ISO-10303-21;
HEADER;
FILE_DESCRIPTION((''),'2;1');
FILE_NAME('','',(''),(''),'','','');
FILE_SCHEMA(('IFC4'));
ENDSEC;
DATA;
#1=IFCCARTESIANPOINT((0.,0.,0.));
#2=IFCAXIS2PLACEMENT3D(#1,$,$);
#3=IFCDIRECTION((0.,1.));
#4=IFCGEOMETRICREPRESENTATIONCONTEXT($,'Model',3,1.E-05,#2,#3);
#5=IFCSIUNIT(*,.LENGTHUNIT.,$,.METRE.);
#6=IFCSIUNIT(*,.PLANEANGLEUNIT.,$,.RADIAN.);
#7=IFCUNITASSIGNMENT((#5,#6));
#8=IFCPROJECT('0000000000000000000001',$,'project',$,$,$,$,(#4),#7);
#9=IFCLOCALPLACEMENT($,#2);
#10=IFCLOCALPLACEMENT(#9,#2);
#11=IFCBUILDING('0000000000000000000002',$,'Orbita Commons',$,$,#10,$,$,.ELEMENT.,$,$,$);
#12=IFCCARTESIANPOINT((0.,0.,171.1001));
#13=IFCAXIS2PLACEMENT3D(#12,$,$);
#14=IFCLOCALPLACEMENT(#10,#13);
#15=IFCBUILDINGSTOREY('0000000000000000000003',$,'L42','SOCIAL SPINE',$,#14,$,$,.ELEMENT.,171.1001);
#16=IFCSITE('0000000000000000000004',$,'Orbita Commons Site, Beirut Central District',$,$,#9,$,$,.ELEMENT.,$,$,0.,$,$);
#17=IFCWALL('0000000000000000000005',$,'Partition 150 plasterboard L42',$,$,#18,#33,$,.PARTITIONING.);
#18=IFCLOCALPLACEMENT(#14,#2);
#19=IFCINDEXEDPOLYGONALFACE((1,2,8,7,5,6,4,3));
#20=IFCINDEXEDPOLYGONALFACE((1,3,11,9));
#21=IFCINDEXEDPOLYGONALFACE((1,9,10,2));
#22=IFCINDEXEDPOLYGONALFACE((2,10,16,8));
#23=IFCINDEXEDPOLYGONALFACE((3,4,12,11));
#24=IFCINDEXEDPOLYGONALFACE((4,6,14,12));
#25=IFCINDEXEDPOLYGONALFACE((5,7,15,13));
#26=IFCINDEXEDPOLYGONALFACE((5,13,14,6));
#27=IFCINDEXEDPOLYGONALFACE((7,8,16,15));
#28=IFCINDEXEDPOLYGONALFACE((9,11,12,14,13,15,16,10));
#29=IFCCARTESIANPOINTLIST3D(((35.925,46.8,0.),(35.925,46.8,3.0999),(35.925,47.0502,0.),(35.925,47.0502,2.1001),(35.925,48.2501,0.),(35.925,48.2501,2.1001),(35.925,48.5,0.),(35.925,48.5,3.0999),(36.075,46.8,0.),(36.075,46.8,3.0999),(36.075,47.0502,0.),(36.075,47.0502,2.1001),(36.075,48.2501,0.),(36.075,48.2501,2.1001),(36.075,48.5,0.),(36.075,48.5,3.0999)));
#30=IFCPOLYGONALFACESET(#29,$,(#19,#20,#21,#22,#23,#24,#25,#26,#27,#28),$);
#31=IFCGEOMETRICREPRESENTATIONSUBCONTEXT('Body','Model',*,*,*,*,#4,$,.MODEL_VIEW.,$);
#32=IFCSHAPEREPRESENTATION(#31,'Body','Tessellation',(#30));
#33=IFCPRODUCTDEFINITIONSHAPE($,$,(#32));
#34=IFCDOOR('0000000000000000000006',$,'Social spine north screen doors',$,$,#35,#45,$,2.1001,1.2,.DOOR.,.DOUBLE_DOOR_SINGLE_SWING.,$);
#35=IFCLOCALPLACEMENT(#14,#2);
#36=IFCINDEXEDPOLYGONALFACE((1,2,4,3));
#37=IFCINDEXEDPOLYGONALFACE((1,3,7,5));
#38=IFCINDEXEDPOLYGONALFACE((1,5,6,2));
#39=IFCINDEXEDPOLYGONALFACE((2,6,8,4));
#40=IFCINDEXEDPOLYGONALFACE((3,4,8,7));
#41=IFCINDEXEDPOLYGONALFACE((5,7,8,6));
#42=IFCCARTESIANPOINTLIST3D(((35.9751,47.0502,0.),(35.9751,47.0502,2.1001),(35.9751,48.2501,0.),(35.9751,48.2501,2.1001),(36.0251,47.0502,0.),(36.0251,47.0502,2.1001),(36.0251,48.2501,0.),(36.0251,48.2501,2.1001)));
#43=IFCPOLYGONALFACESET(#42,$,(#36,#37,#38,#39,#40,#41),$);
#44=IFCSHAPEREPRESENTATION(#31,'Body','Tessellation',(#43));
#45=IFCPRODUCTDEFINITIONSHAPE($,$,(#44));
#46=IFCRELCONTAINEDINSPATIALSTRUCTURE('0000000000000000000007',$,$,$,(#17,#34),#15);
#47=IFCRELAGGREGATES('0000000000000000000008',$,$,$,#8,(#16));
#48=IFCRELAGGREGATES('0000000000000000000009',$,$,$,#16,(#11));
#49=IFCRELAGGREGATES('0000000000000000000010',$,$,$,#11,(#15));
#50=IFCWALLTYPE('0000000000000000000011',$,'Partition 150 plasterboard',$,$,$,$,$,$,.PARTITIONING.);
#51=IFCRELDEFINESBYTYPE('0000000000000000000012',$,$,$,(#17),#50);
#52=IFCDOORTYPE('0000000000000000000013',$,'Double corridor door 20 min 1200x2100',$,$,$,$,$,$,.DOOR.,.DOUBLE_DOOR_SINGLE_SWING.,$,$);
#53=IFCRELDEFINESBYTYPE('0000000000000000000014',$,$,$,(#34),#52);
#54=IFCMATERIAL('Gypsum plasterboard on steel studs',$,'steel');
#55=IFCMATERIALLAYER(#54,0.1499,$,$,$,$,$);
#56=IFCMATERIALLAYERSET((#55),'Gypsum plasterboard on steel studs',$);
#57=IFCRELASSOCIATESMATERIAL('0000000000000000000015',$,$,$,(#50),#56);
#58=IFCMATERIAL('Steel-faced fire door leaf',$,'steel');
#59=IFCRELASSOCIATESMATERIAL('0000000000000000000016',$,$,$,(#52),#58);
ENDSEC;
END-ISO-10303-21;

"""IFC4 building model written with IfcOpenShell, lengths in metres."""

from ifc_helpers import new_model, si_unit, direction, frame, frame_2d, origin, place, context, subcontext, project, spatial, polyline, rectangle, outline, extrude, material, layer, layer_set, type_object, element, fill, save


model = new_model("IFC4")

# Units and contexts
model_context = context("Model", 3, precision=1e-05, world=origin(), true_north=direction((0.0, 1.0)))
body_context = subcontext(model_context, "Body", "Model", "MODEL_VIEW")
ifc_project = project(units=[si_unit("LENGTHUNIT", "METRE"), si_unit("PLANEANGLEUNIT", "RADIAN")], contexts=[model_context])

# Site, building, storey
site_placement = place(None, origin())
site = spatial("IfcSite", under=ifc_project, at=site_placement, Name="Orbita Commons Site, Beirut Central District", CompositionType="ELEMENT", RefElevation=0.0)
building_placement = place(site_placement, origin())
building = spatial("IfcBuilding", under=site, at=building_placement, Name="Orbita Commons", CompositionType="ELEMENT")
storey_placement = place(building_placement, frame((0.0, 0.0, 171.1001)))
storey = spatial("IfcBuildingStorey", under=building, at=storey_placement, Name="L42", Description="SOCIAL SPINE", CompositionType="ELEMENT", Elevation=171.1001)

# Wall, opening, door
ifc_material_1 = material(Name="Gypsum plasterboard on steel studs", Category="steel")
ifc_layer_1 = layer(ifc_material_1, 0.1499)
ifc_layer_set_1 = layer_set([ifc_layer_1], Name="Gypsum plasterboard on steel studs")
wall_type_1 = type_object("IfcWallType", Name="Partition 150 plasterboard", PredefinedType="PARTITIONING", material=ifc_layer_set_1)
wall_1_placement = place(storey_placement, frame((36.0, 46.8, 0.0), z_axis=(0.0, 0.0, 1.0), x_axis=(0.0, 1.0, 0.0)))
wall_1 = element("IfcWall", 1, at=wall_1_placement, inside=storey, type_object=wall_type_1, Name="Partition 150 plasterboard L42", PredefinedType="PARTITIONING", context=body_context, shape_type="SweptSolid", body=[
    extrude(outline(polyline([(0.0, 0.0), (1.7, 0.0), (1.7, 3.0999), (0.0, 3.0999), (0.0, 0.0)])), frame((0.0, 0.075, 0.0), z_axis=(0.0, -1.0, 0.0), x_axis=(1.0, 0.0, 0.0)), (0.0, 0.0, 1.0), 0.1499),
])
opening_1_placement = place(wall_1_placement, frame((0.25, 0.0, 0.0)))
opening_1 = element("IfcOpeningElement", 2, at=opening_1_placement, cuts=wall_1, PredefinedType="OPENING", context=body_context, shape_type="SweptSolid", body=[
    extrude(rectangle(XDim=1.2, YDim=2.1001, at=frame_2d((0.6001, 1.05))), frame((0.0, 0.085, 0.0), z_axis=(0.0, -1.0, 0.0), x_axis=(1.0, 0.0, 0.0)), (0.0, 0.0, 1.0), 0.1699),
])
ifc_material_2 = material(Name="Steel-faced fire door leaf", Category="steel")
door_type_1 = type_object("IfcDoorType", Name="Double corridor door 20 min 1200x2100", OperationType="DOUBLE_DOOR_SINGLE_SWING", PredefinedType="DOOR", material=ifc_material_2)
door_1_placement = place(opening_1_placement, origin())
door_1 = element("IfcDoor", 3, at=door_1_placement, inside=storey, type_object=door_type_1, Name="Social spine north screen doors", OperationType="DOUBLE_DOOR_SINGLE_SWING", OverallHeight=2.1001, OverallWidth=1.2, PredefinedType="DOOR", context=body_context, shape_type="SweptSolid", body=[
    extrude(rectangle(XDim=1.2, YDim=2.1001, at=frame_2d((0.6001, 1.05))), frame((0.0, 0.0249, 0.0), z_axis=(0.0, -1.0, 0.0), x_axis=(1.0, 0.0, 0.0)), (0.0, 0.0, 1.0), 0.05),
])
fill(opening_1, door_1)

save(model, "model.ifc")
